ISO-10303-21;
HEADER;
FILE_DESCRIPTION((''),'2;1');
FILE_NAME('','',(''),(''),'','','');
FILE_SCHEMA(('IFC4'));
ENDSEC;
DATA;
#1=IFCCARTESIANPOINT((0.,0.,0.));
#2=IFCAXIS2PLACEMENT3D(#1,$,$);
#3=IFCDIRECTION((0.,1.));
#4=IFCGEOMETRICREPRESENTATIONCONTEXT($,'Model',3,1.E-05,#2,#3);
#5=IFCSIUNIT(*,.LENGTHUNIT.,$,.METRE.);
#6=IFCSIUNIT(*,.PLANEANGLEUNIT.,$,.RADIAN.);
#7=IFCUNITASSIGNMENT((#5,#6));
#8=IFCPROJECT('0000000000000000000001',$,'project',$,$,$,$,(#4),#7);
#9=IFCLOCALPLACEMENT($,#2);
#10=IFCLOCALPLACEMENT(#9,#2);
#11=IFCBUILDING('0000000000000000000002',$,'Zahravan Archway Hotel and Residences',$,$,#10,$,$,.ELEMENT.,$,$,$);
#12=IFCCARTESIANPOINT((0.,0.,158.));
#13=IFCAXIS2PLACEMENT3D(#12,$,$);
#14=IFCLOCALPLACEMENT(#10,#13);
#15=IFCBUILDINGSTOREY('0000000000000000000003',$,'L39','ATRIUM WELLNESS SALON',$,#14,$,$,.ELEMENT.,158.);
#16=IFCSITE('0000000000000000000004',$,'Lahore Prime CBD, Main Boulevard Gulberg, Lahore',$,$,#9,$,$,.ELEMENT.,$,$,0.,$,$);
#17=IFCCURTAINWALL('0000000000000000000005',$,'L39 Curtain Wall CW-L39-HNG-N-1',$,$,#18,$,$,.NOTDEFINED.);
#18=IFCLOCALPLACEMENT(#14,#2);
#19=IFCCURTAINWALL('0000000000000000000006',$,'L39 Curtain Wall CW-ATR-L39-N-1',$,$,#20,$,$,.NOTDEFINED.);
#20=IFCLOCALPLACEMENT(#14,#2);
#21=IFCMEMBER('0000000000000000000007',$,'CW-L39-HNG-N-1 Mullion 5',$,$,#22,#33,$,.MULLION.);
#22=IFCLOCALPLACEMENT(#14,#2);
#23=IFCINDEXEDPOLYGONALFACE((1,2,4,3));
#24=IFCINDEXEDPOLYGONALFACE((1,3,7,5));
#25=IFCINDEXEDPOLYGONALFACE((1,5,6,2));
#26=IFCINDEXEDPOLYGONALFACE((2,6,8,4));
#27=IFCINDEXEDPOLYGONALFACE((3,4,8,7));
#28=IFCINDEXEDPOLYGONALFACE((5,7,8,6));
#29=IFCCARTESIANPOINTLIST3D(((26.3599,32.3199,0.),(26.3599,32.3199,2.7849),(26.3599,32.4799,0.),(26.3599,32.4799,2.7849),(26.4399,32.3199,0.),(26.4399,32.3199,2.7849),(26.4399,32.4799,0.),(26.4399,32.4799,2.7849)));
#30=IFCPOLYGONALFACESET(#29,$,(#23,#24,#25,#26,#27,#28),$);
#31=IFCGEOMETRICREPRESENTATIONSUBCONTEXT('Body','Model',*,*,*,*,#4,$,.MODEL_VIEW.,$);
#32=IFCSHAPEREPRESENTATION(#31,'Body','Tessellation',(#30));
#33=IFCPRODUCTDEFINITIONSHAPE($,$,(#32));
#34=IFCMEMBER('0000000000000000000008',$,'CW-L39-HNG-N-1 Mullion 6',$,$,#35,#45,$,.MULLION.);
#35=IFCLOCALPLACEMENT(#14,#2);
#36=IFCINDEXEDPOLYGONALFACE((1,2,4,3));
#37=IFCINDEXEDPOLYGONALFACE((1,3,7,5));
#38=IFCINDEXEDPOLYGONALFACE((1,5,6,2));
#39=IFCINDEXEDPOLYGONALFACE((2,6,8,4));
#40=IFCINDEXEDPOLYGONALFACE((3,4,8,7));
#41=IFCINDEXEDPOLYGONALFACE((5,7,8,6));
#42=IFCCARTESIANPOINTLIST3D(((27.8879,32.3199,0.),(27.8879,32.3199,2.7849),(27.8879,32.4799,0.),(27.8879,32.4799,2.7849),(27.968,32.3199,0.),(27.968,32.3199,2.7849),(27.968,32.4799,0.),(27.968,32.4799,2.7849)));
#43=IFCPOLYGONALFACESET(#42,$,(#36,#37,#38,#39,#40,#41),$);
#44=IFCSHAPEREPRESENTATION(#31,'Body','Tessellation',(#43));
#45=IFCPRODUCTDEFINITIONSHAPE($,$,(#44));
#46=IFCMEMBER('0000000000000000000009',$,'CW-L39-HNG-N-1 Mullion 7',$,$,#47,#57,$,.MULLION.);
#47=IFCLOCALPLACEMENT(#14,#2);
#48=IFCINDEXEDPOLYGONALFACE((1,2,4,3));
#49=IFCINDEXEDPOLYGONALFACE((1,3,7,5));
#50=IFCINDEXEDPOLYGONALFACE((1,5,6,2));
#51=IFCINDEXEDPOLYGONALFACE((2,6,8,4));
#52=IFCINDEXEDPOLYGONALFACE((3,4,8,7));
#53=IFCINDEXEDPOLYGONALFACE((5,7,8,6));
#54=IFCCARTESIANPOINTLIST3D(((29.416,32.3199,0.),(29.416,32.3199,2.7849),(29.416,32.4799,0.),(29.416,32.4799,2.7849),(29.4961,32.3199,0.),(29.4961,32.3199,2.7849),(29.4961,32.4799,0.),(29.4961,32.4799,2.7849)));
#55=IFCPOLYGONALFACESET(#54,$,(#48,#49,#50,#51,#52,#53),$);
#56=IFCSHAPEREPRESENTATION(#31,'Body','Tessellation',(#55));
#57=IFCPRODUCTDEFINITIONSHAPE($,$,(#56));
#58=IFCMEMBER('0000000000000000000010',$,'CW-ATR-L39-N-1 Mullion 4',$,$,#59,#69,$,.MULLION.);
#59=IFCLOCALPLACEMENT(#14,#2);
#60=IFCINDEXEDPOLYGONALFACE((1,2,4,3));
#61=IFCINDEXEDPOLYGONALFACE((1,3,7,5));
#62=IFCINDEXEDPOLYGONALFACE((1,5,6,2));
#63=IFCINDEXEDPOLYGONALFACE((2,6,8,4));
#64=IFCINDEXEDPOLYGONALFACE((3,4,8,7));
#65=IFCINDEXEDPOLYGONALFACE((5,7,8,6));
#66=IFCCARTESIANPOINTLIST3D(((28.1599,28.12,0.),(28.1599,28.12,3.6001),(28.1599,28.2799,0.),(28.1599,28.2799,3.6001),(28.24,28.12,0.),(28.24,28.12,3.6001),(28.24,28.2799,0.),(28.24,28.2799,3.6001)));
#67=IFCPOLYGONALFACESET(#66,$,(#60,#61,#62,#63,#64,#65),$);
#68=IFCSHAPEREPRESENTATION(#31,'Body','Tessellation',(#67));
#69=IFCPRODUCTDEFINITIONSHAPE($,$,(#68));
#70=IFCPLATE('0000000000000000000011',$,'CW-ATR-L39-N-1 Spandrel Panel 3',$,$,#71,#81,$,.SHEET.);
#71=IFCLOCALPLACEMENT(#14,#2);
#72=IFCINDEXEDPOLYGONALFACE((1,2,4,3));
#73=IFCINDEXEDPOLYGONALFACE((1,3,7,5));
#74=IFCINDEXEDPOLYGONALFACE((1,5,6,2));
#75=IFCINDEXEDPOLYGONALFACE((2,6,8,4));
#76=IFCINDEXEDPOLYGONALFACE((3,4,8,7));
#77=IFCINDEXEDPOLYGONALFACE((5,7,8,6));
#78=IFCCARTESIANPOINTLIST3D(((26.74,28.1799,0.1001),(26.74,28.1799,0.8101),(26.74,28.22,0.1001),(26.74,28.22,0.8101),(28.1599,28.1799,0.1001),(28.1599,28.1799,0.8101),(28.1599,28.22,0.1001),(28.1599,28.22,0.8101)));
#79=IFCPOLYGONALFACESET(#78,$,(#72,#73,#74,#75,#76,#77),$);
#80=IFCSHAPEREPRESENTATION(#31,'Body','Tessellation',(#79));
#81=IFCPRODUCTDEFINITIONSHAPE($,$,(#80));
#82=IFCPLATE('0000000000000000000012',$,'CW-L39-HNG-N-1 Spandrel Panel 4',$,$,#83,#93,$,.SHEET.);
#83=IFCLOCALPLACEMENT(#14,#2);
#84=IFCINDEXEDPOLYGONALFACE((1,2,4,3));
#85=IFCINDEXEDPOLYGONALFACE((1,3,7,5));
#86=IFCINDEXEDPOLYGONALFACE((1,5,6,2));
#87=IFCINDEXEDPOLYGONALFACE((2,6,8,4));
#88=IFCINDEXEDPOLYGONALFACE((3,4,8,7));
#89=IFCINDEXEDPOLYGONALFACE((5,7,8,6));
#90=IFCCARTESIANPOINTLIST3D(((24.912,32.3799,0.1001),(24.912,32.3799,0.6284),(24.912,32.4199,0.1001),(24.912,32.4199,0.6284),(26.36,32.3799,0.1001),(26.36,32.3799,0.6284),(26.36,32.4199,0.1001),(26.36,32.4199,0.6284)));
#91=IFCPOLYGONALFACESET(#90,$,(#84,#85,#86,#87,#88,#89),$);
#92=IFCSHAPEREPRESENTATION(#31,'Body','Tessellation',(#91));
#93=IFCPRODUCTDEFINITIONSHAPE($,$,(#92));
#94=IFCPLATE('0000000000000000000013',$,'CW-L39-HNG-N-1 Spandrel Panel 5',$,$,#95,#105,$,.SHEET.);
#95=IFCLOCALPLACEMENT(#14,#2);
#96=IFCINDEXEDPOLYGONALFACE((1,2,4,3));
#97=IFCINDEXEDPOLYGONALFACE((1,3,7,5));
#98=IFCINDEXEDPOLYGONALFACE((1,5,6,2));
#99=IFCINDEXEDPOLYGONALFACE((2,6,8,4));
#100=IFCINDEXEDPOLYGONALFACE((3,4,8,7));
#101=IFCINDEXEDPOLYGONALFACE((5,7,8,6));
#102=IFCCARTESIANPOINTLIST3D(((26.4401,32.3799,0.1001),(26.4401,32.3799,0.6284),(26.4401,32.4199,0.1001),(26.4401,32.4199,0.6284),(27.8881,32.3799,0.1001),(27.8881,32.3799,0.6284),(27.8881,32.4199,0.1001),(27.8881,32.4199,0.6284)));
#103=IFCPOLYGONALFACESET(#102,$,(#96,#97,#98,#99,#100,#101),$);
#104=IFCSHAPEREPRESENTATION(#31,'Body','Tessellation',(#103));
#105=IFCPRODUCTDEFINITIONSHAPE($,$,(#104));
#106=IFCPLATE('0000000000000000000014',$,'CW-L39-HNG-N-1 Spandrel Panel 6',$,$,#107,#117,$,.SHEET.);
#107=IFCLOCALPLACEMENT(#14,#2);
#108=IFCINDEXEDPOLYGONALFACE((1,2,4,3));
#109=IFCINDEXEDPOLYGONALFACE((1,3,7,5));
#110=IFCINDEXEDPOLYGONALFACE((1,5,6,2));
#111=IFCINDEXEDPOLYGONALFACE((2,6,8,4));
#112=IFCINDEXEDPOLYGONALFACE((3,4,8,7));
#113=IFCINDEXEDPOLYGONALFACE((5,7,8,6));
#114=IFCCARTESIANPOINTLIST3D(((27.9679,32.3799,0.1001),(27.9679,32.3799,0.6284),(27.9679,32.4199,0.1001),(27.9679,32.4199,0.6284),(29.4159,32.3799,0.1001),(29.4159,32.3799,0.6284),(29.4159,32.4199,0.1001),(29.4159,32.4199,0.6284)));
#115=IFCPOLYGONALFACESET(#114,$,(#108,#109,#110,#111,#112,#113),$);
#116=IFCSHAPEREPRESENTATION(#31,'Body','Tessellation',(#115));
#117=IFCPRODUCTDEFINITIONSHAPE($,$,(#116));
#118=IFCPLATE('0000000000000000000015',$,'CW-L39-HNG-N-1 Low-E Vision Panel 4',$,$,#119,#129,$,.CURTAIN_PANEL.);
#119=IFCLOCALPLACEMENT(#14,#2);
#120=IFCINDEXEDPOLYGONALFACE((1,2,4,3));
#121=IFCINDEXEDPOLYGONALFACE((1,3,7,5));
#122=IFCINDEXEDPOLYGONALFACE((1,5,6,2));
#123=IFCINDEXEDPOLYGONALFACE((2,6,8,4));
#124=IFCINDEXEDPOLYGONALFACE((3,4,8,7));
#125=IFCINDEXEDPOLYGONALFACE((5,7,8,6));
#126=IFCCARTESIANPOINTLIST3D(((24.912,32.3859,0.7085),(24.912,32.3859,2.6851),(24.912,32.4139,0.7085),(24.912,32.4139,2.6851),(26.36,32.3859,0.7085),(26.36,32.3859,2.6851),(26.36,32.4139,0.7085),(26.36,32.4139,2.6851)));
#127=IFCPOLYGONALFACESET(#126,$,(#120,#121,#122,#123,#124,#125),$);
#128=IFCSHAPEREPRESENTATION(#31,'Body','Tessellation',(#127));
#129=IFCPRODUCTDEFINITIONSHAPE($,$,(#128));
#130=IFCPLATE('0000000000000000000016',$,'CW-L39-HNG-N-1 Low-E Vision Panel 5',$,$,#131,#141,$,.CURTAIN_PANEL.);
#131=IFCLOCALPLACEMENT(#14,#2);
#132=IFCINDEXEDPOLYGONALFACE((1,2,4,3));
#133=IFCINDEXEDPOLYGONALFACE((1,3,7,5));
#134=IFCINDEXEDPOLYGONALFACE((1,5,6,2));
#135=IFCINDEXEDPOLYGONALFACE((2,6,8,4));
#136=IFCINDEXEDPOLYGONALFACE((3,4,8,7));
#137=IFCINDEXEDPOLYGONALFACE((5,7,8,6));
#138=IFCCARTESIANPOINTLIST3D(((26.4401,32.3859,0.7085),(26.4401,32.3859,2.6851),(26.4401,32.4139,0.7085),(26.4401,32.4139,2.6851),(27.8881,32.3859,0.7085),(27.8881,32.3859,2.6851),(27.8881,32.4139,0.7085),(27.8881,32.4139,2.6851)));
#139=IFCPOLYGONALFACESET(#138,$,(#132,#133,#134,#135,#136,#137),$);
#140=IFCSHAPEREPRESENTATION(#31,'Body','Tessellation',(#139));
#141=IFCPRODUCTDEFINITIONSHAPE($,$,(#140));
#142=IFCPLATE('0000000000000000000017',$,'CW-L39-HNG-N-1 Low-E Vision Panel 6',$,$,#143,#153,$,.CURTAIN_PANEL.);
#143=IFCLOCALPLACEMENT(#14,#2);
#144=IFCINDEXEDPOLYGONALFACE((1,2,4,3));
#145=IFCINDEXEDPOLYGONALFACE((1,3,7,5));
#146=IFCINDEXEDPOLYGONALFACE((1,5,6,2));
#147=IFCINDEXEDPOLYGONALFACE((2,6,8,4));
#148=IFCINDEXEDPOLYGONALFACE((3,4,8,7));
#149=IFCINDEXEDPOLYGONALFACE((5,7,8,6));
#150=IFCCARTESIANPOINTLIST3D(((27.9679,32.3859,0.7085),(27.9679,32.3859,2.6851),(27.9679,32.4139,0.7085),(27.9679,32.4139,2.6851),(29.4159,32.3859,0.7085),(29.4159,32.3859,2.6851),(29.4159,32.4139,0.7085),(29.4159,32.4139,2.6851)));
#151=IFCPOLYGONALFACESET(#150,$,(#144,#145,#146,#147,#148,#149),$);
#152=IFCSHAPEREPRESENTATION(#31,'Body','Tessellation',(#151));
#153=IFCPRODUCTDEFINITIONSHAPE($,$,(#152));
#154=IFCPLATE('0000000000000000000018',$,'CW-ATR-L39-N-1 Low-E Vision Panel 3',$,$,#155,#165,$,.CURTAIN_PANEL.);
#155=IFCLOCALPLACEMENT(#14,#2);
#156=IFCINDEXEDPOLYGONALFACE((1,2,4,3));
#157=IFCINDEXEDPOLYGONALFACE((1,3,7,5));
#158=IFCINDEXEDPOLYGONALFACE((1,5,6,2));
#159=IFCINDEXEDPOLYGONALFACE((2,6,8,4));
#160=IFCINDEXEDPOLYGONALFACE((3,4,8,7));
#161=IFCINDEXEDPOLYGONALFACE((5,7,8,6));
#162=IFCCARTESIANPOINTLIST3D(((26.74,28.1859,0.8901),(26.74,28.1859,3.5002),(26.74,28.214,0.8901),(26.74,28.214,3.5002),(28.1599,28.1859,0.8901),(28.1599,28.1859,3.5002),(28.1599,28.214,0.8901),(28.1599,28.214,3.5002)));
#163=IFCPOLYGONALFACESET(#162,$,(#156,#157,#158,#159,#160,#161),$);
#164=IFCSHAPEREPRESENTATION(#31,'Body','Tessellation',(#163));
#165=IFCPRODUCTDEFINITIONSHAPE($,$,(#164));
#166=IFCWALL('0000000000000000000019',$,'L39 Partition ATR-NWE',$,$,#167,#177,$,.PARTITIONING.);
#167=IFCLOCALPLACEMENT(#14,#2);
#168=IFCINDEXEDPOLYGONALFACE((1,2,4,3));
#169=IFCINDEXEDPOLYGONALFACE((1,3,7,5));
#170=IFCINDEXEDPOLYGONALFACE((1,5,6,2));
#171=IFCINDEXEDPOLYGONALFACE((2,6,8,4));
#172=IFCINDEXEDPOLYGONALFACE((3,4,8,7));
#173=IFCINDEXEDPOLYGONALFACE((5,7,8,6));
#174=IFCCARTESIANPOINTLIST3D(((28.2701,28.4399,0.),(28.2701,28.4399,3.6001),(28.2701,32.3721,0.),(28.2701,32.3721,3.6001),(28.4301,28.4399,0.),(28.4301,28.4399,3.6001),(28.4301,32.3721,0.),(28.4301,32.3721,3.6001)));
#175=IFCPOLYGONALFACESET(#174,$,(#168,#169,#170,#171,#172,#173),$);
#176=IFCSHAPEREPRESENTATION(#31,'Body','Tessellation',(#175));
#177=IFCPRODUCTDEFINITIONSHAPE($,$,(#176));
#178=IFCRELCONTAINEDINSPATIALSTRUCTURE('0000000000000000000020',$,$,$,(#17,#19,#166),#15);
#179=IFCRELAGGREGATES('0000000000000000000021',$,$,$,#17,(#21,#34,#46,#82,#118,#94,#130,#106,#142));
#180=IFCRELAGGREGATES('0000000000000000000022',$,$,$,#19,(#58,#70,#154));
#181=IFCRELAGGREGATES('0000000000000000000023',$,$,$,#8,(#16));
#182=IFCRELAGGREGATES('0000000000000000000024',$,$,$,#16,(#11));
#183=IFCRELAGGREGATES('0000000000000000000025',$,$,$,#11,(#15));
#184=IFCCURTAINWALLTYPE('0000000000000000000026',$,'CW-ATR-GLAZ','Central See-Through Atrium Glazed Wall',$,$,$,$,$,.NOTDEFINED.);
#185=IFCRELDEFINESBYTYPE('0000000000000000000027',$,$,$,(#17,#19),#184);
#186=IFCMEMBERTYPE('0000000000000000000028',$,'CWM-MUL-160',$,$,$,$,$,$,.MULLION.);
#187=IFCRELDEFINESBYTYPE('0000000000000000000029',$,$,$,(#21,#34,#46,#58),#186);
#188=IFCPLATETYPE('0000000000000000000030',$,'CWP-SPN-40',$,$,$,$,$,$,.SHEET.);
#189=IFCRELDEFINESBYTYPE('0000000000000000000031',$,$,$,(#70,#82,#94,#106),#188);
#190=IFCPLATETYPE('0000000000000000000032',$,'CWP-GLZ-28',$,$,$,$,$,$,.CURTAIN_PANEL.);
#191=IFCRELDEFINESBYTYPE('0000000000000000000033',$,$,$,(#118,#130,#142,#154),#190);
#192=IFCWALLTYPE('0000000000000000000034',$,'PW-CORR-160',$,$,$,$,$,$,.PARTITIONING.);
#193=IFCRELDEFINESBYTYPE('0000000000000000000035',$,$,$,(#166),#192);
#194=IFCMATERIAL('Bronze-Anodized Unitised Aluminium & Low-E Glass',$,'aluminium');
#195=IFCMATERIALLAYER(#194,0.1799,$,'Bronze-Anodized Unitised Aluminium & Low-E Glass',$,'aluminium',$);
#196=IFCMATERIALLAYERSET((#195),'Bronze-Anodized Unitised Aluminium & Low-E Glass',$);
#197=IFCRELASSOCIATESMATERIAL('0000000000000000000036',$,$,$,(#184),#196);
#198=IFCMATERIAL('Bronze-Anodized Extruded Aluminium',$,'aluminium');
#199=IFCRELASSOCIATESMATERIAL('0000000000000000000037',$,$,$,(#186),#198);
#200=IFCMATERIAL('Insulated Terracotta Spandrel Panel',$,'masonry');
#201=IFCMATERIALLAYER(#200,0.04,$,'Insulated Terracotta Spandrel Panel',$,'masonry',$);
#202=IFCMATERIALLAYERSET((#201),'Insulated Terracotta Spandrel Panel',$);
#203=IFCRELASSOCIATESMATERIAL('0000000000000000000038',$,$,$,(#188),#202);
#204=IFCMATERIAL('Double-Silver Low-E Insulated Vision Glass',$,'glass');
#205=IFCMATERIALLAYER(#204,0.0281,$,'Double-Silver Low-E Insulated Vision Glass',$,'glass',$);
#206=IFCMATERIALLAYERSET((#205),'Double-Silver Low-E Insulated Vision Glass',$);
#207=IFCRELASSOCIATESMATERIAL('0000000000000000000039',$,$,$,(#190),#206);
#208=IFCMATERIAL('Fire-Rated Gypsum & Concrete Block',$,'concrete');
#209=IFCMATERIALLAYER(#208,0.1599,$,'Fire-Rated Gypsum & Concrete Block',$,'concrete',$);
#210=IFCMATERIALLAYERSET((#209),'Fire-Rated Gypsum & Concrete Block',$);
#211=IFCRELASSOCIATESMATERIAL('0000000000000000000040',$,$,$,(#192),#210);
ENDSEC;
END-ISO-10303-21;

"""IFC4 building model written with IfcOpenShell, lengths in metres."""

from ifc_helpers import new_model, si_unit, direction, frame, frame_2d, origin, origin_2d, place, context, subcontext, project, spatial, rectangle, extrude, source, transform, mapped, material, layer, layer_set, material_profile, profile_set, type_object, element, aggregate, save


model = new_model("IFC4")

# Units and contexts
model_context = context("Model", 3, precision=1e-05, world=origin(), true_north=direction((0.0, 1.0)))
body_context = subcontext(model_context, "Body", "Model", "MODEL_VIEW")
ifc_project = project(units=[si_unit("LENGTHUNIT", "METRE"), si_unit("PLANEANGLEUNIT", "RADIAN")], contexts=[model_context])

# Site, building, storey
site_placement = place(None, origin())
site = spatial("IfcSite", under=ifc_project, at=site_placement, Name="Lahore Prime CBD, Main Boulevard Gulberg, Lahore", CompositionType="ELEMENT", RefElevation=0.0)
building_placement = place(site_placement, origin())
building = spatial("IfcBuilding", under=site, at=building_placement, Name="Zahravan Archway Hotel and Residences", CompositionType="ELEMENT")
storey_placement = place(building_placement, frame((0.0, 0.0, 158.0)))
storey = spatial("IfcBuildingStorey", under=building, at=storey_placement, Name="L39", Description="ATRIUM WELLNESS SALON", CompositionType="ELEMENT", Elevation=158.0)

# Curtain walls
ifc_material_1 = material(Name="Bronze-Anodized Unitised Aluminium & Low-E Glass", Category="aluminium")
ifc_layer_1 = layer(ifc_material_1, 0.1799, Name="Bronze-Anodized Unitised Aluminium & Low-E Glass", Category="aluminium")
ifc_layer_set_1 = layer_set([ifc_layer_1], Name="Bronze-Anodized Unitised Aluminium & Low-E Glass")
curtain_wall_type = type_object("IfcCurtainWallType", Name="CW-ATR-GLAZ", Description="Central See-Through Atrium Glazed Wall", PredefinedType="NOTDEFINED", material=ifc_layer_set_1)
curtain_wall_1_placement = place(storey_placement, origin())
curtain_wall_1 = element("IfcCurtainWall", 1, at=curtain_wall_1_placement, inside=storey, type_object=curtain_wall_type, Name="L39 Curtain Wall CW-L39-HNG-N-1", PredefinedType="NOTDEFINED")
ifc_material_2 = material(Name="Bronze-Anodized Extruded Aluminium", Category="aluminium")
curtain_wall_2_placement = place(storey_placement, origin())
curtain_wall_2 = element("IfcCurtainWall", 2, at=curtain_wall_2_placement, inside=storey, type_object=curtain_wall_type, Name="L39 Curtain Wall CW-ATR-L39-N-1", PredefinedType="NOTDEFINED")

# Members
ifc_material_profile_1 = material_profile(ifc_material_2, rectangle(XDim=0.0801, YDim=0.1599, at=origin_2d()), Name="MUL 80x160", Category="aluminium")
ifc_profile_set_1 = profile_set([ifc_material_profile_1], Name="Bronze-Anodized Extruded Aluminium")
member_type_1 = type_object("IfcMemberType", Name="CWM-MUL-160", PredefinedType="MULLION", material=ifc_profile_set_1)
shared_shape_1 = source(origin(), body_context, "Body", "SweptSolid", [
    extrude(rectangle(XDim=0.0801, YDim=0.1599, at=origin_2d()), origin(), (0.0, 0.0, 1.0), 2.7849),
])
member_1_placement = place(storey_placement, frame((26.3999, 32.3999, 0.0), z_axis=(0.0, 0.0, 1.0), x_axis=(1.0, 0.0, 0.0)))
member_1 = element("IfcMember", 3, at=member_1_placement, type_object=member_type_1, Name="CW-L39-HNG-N-1 Mullion 5", PredefinedType="MULLION", context=body_context, shape_type="MappedRepresentation", body=[
    mapped(shared_shape_1, transform((0.0, 0.0, 0.0), scale=1.0)),
])
member_2_placement = place(storey_placement, frame((27.928, 32.3999, 0.0), z_axis=(0.0, 0.0, 1.0), x_axis=(1.0, 0.0, 0.0)))
member_2 = element("IfcMember", 4, at=member_2_placement, type_object=member_type_1, Name="CW-L39-HNG-N-1 Mullion 6", PredefinedType="MULLION", context=body_context, shape_type="MappedRepresentation", body=[
    mapped(shared_shape_1, transform((0.0, 0.0, 0.0), scale=1.0)),
])
member_3_placement = place(storey_placement, frame((29.4561, 32.3999, 0.0), z_axis=(0.0, 0.0, 1.0), x_axis=(1.0, 0.0, 0.0)))
member_3 = element("IfcMember", 5, at=member_3_placement, type_object=member_type_1, Name="CW-L39-HNG-N-1 Mullion 7", PredefinedType="MULLION", context=body_context, shape_type="MappedRepresentation", body=[
    mapped(shared_shape_1, transform((0.0, 0.0, 0.0), scale=1.0)),
])
shared_shape_2 = source(origin(), body_context, "Body", "SweptSolid", [
    extrude(rectangle(XDim=0.0801, YDim=0.1599, at=origin_2d()), origin(), (0.0, 0.0, 1.0), 3.6001),
])
member_4_placement = place(storey_placement, frame((28.2, 28.2, 0.0), z_axis=(0.0, 0.0, 1.0), x_axis=(1.0, 0.0, 0.0)))
member_4 = element("IfcMember", 6, at=member_4_placement, type_object=member_type_1, Name="CW-ATR-L39-N-1 Mullion 4", PredefinedType="MULLION", context=body_context, shape_type="MappedRepresentation", body=[
    mapped(shared_shape_2, transform((0.0, 0.0, 0.0), scale=1.0)),
])

# Plates
ifc_material_3 = material(Name="Insulated Terracotta Spandrel Panel", Category="masonry")
ifc_layer_2 = layer(ifc_material_3, 0.04, Name="Insulated Terracotta Spandrel Panel", Category="masonry")
ifc_layer_set_2 = layer_set([ifc_layer_2], Name="Insulated Terracotta Spandrel Panel")
plate_type_1 = type_object("IfcPlateType", Name="CWP-SPN-40", PredefinedType="SHEET", material=ifc_layer_set_2)
shared_shape_3 = source(origin(), body_context, "Body", "SweptSolid", [
    extrude(rectangle(XDim=1.4199, YDim=0.04, at=origin_2d()), origin(), (0.0, 0.0, 1.0), 0.71),
])
plate_1_placement = place(storey_placement, frame((27.45, 28.2, 0.1001), z_axis=(0.0, 0.0, 1.0), x_axis=(1.0, 0.0, 0.0)))
plate_1 = element("IfcPlate", 7, at=plate_1_placement, type_object=plate_type_1, Name="CW-ATR-L39-N-1 Spandrel Panel 3", PredefinedType="SHEET", context=body_context, shape_type="MappedRepresentation", body=[
    mapped(shared_shape_3, transform((0.0, 0.0, 0.0), scale=1.0)),
])
shared_shape_4 = source(origin(), body_context, "Body", "SweptSolid", [
    extrude(rectangle(XDim=1.448, YDim=0.04, at=origin_2d()), origin(), (0.0, 0.0, 1.0), 0.5283),
])
plate_2_placement = place(storey_placement, frame((25.636, 32.3999, 0.1001), z_axis=(0.0, 0.0, 1.0), x_axis=(1.0, 0.0, 0.0)))
plate_2 = element("IfcPlate", 8, at=plate_2_placement, type_object=plate_type_1, Name="CW-L39-HNG-N-1 Spandrel Panel 4", PredefinedType="SHEET", context=body_context, shape_type="MappedRepresentation", body=[
    mapped(shared_shape_4, transform((0.0, 0.0, 0.0), scale=1.0)),
])
plate_3_placement = place(storey_placement, frame((27.1641, 32.3999, 0.1001), z_axis=(0.0, 0.0, 1.0), x_axis=(1.0, 0.0, 0.0)))
plate_3 = element("IfcPlate", 9, at=plate_3_placement, type_object=plate_type_1, Name="CW-L39-HNG-N-1 Spandrel Panel 5", PredefinedType="SHEET", context=body_context, shape_type="MappedRepresentation", body=[
    mapped(shared_shape_4, transform((0.0, 0.0, 0.0), scale=1.0)),
])
plate_4_placement = place(storey_placement, frame((28.6919, 32.3999, 0.1001), z_axis=(0.0, 0.0, 1.0), x_axis=(1.0, 0.0, 0.0)))
plate_4 = element("IfcPlate", 10, at=plate_4_placement, type_object=plate_type_1, Name="CW-L39-HNG-N-1 Spandrel Panel 6", PredefinedType="SHEET", context=body_context, shape_type="MappedRepresentation", body=[
    mapped(shared_shape_4, transform((0.0, 0.0, 0.0), scale=1.0)),
])
ifc_material_4 = material(Name="Double-Silver Low-E Insulated Vision Glass", Category="glass")
ifc_layer_3 = layer(ifc_material_4, 0.0281, Name="Double-Silver Low-E Insulated Vision Glass", Category="glass")
ifc_layer_set_3 = layer_set([ifc_layer_3], Name="Double-Silver Low-E Insulated Vision Glass")
plate_type_2 = type_object("IfcPlateType", Name="CWP-GLZ-28", PredefinedType="CURTAIN_PANEL", material=ifc_layer_set_3)
shared_shape_5 = source(origin(), body_context, "Body", "SweptSolid", [
    extrude(rectangle(XDim=1.448, YDim=0.0281, at=origin_2d()), origin(), (0.0, 0.0, 1.0), 1.9766),
])
plate_5_placement = place(storey_placement, frame((25.636, 32.3999, 0.7085), z_axis=(0.0, 0.0, 1.0), x_axis=(1.0, 0.0, 0.0)))
plate_5 = element("IfcPlate", 11, at=plate_5_placement, type_object=plate_type_2, Name="CW-L39-HNG-N-1 Low-E Vision Panel 4", PredefinedType="CURTAIN_PANEL", context=body_context, shape_type="MappedRepresentation", body=[
    mapped(shared_shape_5, transform((0.0, 0.0, 0.0), scale=1.0)),
])
plate_6_placement = place(storey_placement, frame((27.1641, 32.3999, 0.7085), z_axis=(0.0, 0.0, 1.0), x_axis=(1.0, 0.0, 0.0)))
plate_6 = element("IfcPlate", 12, at=plate_6_placement, type_object=plate_type_2, Name="CW-L39-HNG-N-1 Low-E Vision Panel 5", PredefinedType="CURTAIN_PANEL", context=body_context, shape_type="MappedRepresentation", body=[
    mapped(shared_shape_5, transform((0.0, 0.0, 0.0), scale=1.0)),
])
plate_7_placement = place(storey_placement, frame((28.6919, 32.3999, 0.7085), z_axis=(0.0, 0.0, 1.0), x_axis=(1.0, 0.0, 0.0)))
plate_7 = element("IfcPlate", 13, at=plate_7_placement, type_object=plate_type_2, Name="CW-L39-HNG-N-1 Low-E Vision Panel 6", PredefinedType="CURTAIN_PANEL", context=body_context, shape_type="MappedRepresentation", body=[
    mapped(shared_shape_5, transform((0.0, 0.0, 0.0), scale=1.0)),
])
aggregate(curtain_wall_1, [member_1, member_2, member_3, plate_2, plate_5, plate_3, plate_6, plate_4, plate_7])
shared_shape_6 = source(origin(), body_context, "Body", "SweptSolid", [
    extrude(rectangle(XDim=1.4199, YDim=0.0281, at=origin_2d()), origin(), (0.0, 0.0, 1.0), 2.6101),
])
plate_8_placement = place(storey_placement, frame((27.45, 28.2, 0.8901), z_axis=(0.0, 0.0, 1.0), x_axis=(1.0, 0.0, 0.0)))
plate_8 = element("IfcPlate", 14, at=plate_8_placement, type_object=plate_type_2, Name="CW-ATR-L39-N-1 Low-E Vision Panel 3", PredefinedType="CURTAIN_PANEL", context=body_context, shape_type="MappedRepresentation", body=[
    mapped(shared_shape_6, transform((0.0, 0.0, 0.0), scale=1.0)),
])
aggregate(curtain_wall_2, [member_4, plate_1, plate_8])

# Wall
ifc_material_5 = material(Name="Fire-Rated Gypsum & Concrete Block", Category="concrete")
ifc_layer_4 = layer(ifc_material_5, 0.1599, Name="Fire-Rated Gypsum & Concrete Block", Category="concrete")
ifc_layer_set_4 = layer_set([ifc_layer_4], Name="Fire-Rated Gypsum & Concrete Block")
wall_type = type_object("IfcWallType", Name="PW-CORR-160", PredefinedType="PARTITIONING", material=ifc_layer_set_4)
wall_placement = place(storey_placement, frame((28.3501, 28.4399, 0.0), z_axis=(0.0, 0.0, 1.0), x_axis=(0.0, 1.0, 0.0)))
element("IfcWall", 15, at=wall_placement, inside=storey, type_object=wall_type, Name="L39 Partition ATR-NWE", PredefinedType="PARTITIONING", context=body_context, shape_type="SweptSolid", body=[
    extrude(rectangle(XDim=3.9321, YDim=0.1599, at=frame_2d((1.9661, 0.0))), origin(), (0.0, 0.0, 1.0), 3.6001),
])

save(model, "model.ifc")
